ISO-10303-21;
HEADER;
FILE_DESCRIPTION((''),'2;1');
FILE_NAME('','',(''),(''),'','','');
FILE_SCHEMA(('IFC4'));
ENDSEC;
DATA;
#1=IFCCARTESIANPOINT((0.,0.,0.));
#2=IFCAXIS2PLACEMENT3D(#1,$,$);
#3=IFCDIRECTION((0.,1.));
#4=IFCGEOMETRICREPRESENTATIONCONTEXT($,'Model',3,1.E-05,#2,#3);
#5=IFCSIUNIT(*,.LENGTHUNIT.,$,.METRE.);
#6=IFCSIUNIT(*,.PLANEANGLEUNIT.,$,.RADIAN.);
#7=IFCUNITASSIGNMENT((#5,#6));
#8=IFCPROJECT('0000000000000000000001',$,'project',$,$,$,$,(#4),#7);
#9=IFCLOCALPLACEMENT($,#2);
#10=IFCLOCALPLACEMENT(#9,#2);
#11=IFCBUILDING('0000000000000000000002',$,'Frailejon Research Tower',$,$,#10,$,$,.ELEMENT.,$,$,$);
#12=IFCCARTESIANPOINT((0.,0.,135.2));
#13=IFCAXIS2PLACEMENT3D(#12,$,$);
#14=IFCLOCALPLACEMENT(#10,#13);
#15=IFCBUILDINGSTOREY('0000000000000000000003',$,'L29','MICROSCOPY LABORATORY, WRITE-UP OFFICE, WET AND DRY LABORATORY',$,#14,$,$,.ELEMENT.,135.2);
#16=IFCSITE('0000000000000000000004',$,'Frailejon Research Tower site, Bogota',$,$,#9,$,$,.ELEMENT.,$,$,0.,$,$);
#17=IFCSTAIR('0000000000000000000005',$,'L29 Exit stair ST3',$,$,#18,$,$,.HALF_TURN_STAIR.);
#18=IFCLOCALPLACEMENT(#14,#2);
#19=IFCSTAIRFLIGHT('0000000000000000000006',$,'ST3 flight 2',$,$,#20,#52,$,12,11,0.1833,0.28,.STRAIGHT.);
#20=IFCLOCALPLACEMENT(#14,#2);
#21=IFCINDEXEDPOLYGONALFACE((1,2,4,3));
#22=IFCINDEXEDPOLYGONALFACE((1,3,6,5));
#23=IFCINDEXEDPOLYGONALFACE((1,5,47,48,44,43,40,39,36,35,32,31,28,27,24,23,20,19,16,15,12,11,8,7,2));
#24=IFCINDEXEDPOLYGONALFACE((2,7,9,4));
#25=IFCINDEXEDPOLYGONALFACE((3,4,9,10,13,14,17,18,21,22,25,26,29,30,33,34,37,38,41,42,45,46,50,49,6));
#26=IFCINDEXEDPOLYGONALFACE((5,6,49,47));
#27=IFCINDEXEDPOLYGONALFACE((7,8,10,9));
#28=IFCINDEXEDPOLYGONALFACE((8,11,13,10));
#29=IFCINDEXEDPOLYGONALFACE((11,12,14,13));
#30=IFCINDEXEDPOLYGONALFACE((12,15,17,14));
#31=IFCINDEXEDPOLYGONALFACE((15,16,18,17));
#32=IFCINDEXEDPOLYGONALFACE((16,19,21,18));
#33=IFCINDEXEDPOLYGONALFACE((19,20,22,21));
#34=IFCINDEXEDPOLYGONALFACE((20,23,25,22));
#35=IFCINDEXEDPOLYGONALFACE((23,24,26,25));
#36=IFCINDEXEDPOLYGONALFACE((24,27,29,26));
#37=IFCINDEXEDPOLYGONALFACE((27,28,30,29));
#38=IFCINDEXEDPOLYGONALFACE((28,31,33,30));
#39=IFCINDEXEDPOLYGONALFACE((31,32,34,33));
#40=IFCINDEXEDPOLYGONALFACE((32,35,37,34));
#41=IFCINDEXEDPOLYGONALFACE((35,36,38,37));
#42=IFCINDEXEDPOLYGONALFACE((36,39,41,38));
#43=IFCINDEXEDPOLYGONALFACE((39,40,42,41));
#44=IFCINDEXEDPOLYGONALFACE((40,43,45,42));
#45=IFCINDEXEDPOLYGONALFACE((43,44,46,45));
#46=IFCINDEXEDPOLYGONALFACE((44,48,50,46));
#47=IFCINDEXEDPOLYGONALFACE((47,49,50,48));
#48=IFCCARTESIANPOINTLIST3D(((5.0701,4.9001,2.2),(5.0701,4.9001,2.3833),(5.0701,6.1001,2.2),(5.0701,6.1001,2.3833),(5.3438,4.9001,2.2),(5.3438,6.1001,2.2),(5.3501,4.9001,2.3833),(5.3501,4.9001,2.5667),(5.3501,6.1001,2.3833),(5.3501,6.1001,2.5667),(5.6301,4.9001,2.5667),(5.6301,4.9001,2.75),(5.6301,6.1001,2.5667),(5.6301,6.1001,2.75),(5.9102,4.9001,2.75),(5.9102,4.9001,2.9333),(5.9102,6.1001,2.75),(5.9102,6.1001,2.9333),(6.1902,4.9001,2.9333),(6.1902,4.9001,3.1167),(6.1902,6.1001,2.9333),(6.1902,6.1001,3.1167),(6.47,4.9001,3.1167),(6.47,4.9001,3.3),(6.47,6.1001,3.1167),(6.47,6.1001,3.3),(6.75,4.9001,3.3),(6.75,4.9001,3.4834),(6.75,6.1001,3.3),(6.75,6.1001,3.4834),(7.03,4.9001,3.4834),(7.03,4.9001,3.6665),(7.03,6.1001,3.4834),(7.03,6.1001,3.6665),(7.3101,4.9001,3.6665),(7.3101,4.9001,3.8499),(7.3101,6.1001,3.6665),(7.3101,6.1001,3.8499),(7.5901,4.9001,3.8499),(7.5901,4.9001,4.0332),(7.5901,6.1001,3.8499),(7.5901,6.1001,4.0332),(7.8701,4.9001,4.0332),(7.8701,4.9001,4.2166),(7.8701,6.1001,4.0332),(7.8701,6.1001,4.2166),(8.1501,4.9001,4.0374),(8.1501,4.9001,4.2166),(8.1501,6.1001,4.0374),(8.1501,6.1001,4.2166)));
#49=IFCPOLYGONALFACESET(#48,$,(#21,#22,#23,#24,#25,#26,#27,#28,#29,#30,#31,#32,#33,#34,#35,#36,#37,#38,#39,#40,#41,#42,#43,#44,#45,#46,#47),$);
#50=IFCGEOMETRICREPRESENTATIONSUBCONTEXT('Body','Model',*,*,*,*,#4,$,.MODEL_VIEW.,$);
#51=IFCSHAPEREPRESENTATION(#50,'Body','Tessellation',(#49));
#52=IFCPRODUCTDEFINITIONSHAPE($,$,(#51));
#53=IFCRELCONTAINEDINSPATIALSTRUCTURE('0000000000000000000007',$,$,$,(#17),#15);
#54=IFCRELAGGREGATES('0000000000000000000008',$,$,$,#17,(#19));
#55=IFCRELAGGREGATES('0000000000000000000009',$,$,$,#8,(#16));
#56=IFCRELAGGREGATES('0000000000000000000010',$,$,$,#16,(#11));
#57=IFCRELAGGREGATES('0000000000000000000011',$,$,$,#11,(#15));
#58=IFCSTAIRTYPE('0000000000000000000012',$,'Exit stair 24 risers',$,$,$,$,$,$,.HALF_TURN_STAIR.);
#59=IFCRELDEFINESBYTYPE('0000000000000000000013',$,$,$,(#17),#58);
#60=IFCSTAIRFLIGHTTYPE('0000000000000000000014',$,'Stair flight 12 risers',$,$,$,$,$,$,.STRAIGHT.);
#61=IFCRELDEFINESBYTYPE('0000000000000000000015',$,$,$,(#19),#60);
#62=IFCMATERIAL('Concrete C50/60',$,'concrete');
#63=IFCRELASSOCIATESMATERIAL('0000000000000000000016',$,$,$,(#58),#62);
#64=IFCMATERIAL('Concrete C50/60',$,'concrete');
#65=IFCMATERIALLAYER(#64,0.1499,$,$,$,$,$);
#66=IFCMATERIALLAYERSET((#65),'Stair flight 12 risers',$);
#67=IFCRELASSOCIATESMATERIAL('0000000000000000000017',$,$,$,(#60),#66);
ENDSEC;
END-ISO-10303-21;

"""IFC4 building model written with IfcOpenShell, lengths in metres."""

from ifc_helpers import new_model, si_unit, direction, frame, origin, place, context, subcontext, project, spatial, polyline, outline, extrude, material, layer, layer_set, type_object, element, aggregate, save


model = new_model("IFC4")

# Units and contexts
model_context = context("Model", 3, precision=1e-05, world=origin(), true_north=direction((0.0, 1.0)))
body_context = subcontext(model_context, "Body", "Model", "MODEL_VIEW")
ifc_project = project(units=[si_unit("LENGTHUNIT", "METRE"), si_unit("PLANEANGLEUNIT", "RADIAN")], contexts=[model_context])

# Site, building, storey
site_placement = place(None, origin())
site = spatial("IfcSite", under=ifc_project, at=site_placement, Name="Frailejon Research Tower site, Bogota", CompositionType="ELEMENT", RefElevation=0.0)
building_placement = place(site_placement, origin())
building = spatial("IfcBuilding", under=site, at=building_placement, Name="Frailejon Research Tower", CompositionType="ELEMENT")
storey_placement = place(building_placement, frame((0.0, 0.0, 135.2)))
storey = spatial("IfcBuildingStorey", under=building, at=storey_placement, Name="L29", Description="MICROSCOPY LABORATORY, WRITE-UP OFFICE, WET AND DRY LABORATORY", CompositionType="ELEMENT", Elevation=135.2)

# Stair
ifc_material_1 = material(Name="Concrete C50/60", Category="concrete")
stair_type = type_object("IfcStairType", Name="Exit stair 24 risers", PredefinedType="HALF_TURN_STAIR", material=ifc_material_1)
stair_1_placement = place(storey_placement, origin())
stair_1 = element("IfcStair", 1, at=stair_1_placement, inside=storey, type_object=stair_type, Name="L29 Exit stair ST3", PredefinedType="HALF_TURN_STAIR")

# Stair flight
ifc_material_2 = material(Name="Concrete C50/60", Category="concrete")
ifc_layer_1 = layer(ifc_material_2, 0.1499)
ifc_layer_set_1 = layer_set([ifc_layer_1], Name="Stair flight 12 risers")
stair_flight_type = type_object("IfcStairFlightType", Name="Stair flight 12 risers", PredefinedType="STRAIGHT", material=ifc_layer_set_1)
stair_flight_1_placement = place(storey_placement, frame((5.0701, 5.5, 2.2), z_axis=(0.0, 0.0, 1.0), x_axis=(1.0, 0.0, 0.0)))
stair_flight_1 = element("IfcStairFlight", 2, at=stair_flight_1_placement, type_object=stair_flight_type, Name="ST3 flight 2", NumberOfRisers=12, NumberOfTreads=11, PredefinedType="STRAIGHT", RiserHeight=0.1833, TreadLength=0.28, context=body_context, shape_type="SweptSolid", body=[
    extrude(outline(polyline([(0.0, 0.0), (0.0, 0.1833), (0.28, 0.1833), (0.28, 0.3667), (0.5601, 0.3667), (0.5601, 0.55), (0.8401, 0.55), (0.8401, 0.7334), (1.1201, 0.7334), (1.1201, 0.9167), (1.3999, 0.9167), (1.3999, 1.1001), (1.6799, 1.1001), (1.6799, 1.2834), (1.96, 1.2834), (1.96, 1.4666), (2.24, 1.4666), (2.24, 1.6499), (2.52, 1.6499), (2.52, 1.8333), (2.8, 1.8333), (2.8, 2.0166), (3.0801, 2.0166), (3.0801, 2.2), (3.0801, 1.8374), (0.2737, 0.0), (0.0, 0.0)])), frame((0.0, 0.6001, 0.0), z_axis=(0.0, -1.0, 0.0), x_axis=(1.0, 0.0, 0.0)), (0.0, 0.0, 1.0), 1.2),
])
aggregate(stair_1, [stair_flight_1])

save(model, "model.ifc")
